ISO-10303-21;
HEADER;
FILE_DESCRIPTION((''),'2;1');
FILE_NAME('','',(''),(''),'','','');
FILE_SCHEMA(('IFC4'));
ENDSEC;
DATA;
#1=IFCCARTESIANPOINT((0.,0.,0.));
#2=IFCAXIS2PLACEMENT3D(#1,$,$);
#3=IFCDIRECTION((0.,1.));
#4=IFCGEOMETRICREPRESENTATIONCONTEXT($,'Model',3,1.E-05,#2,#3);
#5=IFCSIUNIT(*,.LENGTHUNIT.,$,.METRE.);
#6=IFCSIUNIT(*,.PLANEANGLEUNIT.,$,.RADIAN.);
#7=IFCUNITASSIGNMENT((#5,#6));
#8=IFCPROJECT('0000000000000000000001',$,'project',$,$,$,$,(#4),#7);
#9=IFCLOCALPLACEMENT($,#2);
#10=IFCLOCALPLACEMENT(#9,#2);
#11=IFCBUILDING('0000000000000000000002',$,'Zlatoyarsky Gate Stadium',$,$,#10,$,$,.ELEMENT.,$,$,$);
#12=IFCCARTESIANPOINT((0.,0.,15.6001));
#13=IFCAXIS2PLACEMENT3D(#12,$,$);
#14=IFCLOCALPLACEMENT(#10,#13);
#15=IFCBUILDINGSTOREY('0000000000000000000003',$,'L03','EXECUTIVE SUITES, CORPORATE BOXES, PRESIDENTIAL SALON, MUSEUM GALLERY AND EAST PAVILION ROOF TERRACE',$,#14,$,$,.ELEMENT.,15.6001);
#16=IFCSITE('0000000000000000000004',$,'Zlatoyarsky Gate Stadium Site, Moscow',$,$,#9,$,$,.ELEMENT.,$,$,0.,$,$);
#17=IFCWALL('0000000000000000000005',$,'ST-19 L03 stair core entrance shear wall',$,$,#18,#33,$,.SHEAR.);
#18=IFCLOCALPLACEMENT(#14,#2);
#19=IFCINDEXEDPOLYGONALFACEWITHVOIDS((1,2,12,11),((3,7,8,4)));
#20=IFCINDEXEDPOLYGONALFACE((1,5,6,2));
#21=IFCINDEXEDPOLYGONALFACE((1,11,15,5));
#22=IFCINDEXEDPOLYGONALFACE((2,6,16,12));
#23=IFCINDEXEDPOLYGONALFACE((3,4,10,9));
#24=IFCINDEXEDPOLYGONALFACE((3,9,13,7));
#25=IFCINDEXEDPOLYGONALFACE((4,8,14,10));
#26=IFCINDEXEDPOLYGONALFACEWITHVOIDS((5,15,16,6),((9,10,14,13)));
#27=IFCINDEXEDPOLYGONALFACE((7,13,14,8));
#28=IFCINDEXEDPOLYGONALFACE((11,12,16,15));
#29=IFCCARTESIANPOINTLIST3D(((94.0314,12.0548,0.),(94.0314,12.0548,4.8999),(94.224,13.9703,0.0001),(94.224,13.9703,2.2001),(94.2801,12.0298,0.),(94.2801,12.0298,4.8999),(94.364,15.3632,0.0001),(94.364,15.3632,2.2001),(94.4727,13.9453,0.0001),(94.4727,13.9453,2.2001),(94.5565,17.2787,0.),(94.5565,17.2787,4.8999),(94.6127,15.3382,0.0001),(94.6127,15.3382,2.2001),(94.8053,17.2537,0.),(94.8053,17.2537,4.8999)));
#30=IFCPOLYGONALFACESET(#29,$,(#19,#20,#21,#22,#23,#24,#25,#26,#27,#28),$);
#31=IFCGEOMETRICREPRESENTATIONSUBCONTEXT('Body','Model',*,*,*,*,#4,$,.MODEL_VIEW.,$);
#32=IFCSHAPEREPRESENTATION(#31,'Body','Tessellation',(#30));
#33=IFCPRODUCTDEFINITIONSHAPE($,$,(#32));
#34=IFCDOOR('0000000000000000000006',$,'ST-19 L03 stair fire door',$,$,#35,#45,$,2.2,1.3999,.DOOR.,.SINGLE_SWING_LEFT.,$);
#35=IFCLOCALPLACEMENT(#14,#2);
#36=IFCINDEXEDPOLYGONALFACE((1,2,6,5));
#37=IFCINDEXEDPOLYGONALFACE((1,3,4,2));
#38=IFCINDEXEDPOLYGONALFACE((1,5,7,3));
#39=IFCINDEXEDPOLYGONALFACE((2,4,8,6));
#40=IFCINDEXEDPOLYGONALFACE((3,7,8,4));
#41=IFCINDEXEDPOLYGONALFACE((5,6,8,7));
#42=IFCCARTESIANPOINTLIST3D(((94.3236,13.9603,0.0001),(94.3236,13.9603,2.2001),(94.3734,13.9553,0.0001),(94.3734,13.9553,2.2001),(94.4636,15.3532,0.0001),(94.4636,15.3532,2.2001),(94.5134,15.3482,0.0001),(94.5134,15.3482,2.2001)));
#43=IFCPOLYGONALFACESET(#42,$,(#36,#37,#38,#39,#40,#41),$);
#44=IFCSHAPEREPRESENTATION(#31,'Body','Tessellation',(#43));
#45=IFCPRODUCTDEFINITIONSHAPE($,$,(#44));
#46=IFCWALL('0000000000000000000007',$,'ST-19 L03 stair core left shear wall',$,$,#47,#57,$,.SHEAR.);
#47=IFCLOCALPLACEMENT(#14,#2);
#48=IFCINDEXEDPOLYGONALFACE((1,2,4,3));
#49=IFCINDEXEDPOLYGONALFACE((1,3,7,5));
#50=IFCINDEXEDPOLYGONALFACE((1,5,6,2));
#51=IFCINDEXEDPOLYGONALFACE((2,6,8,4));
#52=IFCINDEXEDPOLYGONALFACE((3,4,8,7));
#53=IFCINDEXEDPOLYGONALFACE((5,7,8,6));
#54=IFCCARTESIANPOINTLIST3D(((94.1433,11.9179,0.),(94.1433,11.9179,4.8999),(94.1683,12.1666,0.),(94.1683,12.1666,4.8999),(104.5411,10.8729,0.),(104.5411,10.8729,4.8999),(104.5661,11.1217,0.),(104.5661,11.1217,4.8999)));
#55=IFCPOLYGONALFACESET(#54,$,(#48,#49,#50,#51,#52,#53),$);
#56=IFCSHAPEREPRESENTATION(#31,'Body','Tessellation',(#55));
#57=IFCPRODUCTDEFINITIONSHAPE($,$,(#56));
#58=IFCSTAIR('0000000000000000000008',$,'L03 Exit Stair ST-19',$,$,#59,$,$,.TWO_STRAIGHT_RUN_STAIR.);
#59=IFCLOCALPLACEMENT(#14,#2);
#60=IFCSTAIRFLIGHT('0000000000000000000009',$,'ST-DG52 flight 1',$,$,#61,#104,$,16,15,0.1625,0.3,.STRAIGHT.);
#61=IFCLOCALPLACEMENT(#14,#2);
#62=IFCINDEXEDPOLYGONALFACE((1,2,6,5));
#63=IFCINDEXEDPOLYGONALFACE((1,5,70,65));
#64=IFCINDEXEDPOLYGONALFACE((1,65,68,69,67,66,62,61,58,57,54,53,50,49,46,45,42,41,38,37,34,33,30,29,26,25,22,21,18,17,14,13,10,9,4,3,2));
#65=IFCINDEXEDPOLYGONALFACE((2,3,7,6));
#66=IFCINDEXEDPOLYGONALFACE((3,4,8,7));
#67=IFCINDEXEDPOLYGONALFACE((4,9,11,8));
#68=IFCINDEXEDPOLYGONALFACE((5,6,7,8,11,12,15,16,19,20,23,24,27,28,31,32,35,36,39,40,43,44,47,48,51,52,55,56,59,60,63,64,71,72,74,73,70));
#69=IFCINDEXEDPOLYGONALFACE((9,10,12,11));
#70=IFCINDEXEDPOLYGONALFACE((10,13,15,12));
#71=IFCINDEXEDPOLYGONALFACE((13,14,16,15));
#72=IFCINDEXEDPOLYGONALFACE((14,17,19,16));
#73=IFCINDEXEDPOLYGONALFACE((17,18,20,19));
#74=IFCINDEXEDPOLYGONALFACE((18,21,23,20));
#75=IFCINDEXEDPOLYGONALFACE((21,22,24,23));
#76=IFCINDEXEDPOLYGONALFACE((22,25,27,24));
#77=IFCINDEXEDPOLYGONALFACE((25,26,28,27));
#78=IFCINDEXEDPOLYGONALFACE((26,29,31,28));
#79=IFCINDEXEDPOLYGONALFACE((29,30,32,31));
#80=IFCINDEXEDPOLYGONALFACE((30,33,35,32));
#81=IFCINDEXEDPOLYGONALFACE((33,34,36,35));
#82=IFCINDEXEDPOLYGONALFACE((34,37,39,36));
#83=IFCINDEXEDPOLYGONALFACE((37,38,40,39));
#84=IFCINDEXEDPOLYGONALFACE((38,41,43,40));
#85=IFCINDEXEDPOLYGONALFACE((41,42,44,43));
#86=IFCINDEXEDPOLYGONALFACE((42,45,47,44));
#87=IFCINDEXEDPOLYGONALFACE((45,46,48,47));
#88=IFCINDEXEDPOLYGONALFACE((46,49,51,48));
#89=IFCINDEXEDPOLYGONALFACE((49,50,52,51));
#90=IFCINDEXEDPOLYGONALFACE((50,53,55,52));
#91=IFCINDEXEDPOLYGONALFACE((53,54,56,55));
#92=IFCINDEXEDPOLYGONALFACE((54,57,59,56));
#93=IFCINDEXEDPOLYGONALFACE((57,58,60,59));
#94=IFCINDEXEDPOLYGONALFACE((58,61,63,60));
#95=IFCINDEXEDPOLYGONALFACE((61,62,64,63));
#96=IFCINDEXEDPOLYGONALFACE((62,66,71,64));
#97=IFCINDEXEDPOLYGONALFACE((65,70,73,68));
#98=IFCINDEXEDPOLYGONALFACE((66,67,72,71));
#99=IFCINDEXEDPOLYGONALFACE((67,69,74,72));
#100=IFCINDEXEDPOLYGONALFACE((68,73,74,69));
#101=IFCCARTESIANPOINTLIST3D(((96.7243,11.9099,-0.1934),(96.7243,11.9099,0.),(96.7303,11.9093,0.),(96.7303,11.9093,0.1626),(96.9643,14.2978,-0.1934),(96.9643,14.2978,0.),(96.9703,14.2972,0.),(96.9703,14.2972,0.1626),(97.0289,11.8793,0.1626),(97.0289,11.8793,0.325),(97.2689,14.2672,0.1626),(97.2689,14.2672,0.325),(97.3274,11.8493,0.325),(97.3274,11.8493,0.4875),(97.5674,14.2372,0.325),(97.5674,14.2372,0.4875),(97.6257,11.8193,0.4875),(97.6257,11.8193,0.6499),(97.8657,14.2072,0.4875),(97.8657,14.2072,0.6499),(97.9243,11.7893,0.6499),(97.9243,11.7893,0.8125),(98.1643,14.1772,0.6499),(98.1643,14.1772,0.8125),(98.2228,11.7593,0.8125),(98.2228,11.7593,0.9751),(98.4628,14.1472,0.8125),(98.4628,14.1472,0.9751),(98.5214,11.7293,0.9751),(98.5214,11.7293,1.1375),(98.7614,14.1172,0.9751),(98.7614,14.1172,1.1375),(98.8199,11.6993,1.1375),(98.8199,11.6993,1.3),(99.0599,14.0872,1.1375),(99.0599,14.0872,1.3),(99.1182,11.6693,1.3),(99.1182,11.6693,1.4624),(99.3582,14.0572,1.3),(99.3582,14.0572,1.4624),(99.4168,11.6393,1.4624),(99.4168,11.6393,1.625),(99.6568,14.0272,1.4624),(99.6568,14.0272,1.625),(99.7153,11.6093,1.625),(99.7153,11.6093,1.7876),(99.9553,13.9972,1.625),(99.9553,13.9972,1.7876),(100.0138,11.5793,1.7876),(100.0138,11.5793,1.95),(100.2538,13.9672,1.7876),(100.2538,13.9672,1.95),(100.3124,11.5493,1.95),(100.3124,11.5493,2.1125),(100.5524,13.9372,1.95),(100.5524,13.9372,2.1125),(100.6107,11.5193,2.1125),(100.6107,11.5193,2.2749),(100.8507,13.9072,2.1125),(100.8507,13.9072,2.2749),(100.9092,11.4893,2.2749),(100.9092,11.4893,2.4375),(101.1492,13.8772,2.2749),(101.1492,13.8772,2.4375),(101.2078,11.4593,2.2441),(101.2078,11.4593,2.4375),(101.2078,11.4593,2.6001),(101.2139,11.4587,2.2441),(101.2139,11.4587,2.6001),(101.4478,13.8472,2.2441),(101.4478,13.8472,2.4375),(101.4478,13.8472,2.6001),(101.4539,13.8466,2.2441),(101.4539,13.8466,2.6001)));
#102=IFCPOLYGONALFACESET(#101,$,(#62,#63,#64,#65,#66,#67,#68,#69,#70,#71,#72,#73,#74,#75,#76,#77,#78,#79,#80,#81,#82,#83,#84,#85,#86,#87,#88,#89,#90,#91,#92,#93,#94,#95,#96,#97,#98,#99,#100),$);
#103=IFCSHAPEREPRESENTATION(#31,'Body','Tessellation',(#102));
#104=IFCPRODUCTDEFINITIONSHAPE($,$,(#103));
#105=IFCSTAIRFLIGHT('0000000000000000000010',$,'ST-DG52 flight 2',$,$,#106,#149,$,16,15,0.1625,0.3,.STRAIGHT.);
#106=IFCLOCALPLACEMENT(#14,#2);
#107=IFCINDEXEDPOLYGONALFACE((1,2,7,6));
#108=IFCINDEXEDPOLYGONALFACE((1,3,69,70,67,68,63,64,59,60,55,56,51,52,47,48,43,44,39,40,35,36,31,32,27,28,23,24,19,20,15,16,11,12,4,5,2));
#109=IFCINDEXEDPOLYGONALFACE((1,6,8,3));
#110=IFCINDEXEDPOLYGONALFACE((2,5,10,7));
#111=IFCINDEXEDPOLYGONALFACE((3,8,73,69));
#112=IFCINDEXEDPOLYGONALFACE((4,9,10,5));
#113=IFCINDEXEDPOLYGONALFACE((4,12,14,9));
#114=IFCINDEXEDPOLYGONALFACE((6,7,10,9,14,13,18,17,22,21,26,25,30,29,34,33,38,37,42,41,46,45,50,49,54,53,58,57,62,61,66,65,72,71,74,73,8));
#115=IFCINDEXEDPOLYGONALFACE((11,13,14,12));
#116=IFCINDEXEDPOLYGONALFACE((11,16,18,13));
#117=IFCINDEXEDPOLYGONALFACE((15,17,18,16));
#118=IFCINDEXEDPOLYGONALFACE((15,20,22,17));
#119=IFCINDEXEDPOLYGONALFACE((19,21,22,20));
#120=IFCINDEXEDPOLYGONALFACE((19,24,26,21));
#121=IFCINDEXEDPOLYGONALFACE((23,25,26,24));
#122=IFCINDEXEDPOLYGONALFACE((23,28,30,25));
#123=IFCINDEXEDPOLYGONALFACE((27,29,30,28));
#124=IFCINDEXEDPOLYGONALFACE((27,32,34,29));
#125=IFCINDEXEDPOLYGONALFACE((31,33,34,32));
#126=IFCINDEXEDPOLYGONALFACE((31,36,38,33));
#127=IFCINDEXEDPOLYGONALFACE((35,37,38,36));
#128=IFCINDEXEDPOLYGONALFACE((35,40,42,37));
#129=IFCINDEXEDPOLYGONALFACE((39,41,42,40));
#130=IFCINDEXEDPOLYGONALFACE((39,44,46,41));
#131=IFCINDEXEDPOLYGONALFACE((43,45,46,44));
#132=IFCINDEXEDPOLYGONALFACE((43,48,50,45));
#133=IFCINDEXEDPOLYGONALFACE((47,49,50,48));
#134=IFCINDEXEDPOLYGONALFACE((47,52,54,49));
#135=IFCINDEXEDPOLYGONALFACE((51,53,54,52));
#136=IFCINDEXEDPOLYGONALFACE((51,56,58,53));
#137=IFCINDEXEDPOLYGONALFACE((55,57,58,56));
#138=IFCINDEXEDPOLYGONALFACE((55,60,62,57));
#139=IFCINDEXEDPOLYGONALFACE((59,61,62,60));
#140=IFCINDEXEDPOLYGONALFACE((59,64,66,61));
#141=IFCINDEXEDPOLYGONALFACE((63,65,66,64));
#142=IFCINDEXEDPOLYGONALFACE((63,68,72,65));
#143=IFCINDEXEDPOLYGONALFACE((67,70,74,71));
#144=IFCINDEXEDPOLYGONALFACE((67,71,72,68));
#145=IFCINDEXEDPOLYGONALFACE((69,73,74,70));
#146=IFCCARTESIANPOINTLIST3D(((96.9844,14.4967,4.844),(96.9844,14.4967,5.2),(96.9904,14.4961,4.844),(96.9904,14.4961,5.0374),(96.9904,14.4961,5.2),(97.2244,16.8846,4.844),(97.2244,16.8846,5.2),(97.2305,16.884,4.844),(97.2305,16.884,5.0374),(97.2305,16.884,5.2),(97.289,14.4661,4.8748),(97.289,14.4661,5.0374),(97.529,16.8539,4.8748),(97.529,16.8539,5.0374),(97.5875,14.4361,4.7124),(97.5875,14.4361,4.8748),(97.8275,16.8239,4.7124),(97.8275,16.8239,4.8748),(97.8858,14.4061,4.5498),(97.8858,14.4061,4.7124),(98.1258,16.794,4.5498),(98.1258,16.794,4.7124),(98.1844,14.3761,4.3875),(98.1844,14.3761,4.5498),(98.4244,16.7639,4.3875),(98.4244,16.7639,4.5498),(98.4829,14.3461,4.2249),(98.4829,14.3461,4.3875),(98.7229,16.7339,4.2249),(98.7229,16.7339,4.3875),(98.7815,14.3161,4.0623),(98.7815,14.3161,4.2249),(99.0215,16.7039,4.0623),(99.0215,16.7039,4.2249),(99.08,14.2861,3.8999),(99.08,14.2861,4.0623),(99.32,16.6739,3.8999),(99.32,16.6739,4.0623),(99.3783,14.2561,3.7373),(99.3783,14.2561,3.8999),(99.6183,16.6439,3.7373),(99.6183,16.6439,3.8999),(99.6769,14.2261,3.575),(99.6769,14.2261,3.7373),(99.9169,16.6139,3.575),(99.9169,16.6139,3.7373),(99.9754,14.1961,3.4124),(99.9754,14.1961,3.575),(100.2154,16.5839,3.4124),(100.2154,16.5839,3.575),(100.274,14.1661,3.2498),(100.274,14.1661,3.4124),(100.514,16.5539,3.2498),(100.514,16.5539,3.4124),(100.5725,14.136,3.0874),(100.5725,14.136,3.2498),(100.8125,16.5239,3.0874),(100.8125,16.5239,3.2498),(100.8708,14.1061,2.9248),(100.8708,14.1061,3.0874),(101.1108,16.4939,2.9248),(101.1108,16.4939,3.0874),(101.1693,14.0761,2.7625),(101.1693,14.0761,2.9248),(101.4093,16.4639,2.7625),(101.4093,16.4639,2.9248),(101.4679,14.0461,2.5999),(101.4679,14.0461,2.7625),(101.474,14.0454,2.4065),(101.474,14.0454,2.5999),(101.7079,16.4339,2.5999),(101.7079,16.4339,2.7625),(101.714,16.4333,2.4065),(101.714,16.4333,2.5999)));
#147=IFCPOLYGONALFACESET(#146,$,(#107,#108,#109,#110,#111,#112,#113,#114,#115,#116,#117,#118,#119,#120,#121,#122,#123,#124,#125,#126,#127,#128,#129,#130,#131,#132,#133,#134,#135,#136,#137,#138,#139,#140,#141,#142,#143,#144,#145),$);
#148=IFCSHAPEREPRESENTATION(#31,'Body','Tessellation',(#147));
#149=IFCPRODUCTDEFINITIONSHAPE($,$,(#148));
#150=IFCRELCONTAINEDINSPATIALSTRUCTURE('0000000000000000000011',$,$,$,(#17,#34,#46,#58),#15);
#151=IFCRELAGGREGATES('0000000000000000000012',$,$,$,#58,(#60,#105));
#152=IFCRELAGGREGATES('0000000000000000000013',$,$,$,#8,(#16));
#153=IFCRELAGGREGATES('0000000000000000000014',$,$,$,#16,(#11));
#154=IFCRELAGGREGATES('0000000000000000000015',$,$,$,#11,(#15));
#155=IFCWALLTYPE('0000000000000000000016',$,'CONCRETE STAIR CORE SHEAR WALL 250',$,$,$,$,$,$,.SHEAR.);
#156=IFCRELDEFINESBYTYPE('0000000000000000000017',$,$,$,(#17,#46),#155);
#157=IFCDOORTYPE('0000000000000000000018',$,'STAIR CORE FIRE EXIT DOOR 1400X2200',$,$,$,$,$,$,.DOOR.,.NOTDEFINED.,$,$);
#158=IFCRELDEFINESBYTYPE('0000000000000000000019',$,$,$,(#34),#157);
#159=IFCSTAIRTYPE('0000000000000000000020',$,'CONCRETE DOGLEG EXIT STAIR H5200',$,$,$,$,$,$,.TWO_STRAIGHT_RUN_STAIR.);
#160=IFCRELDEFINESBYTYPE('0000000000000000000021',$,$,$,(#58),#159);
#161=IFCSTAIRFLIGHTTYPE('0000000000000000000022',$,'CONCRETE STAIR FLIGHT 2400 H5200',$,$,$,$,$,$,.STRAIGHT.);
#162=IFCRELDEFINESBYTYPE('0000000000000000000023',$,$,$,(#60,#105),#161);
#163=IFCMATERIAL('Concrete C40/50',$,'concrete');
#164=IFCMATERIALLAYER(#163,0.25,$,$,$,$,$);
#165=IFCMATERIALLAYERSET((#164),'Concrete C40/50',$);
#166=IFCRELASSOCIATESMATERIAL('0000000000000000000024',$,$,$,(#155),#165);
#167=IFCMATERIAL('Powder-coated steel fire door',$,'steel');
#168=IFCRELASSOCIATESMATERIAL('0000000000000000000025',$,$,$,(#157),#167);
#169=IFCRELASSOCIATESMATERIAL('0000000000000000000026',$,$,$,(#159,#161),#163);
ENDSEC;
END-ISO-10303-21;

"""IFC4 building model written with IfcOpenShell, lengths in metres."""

from ifc_helpers import new_model, si_unit, direction, frame, frame_2d, origin, place, context, subcontext, project, spatial, polyline, rectangle, outline, extrude, material, layer, layer_set, type_object, element, fill, aggregate, save


model = new_model("IFC4")

# Units and contexts
model_context = context("Model", 3, precision=1e-05, world=origin(), true_north=direction((0.0, 1.0)))
body_context = subcontext(model_context, "Body", "Model", "MODEL_VIEW")
ifc_project = project(units=[si_unit("LENGTHUNIT", "METRE"), si_unit("PLANEANGLEUNIT", "RADIAN")], contexts=[model_context])

# Site, building, storey
site_placement = place(None, origin())
site = spatial("IfcSite", under=ifc_project, at=site_placement, Name="Zlatoyarsky Gate Stadium Site, Moscow", CompositionType="ELEMENT", RefElevation=0.0)
building_placement = place(site_placement, origin())
building = spatial("IfcBuilding", under=site, at=building_placement, Name="Zlatoyarsky Gate Stadium", CompositionType="ELEMENT")
storey_placement = place(building_placement, frame((0.0, 0.0, 15.6001)))
storey = spatial("IfcBuildingStorey", under=building, at=storey_placement, Name="L03", Description="EXECUTIVE SUITES, CORPORATE BOXES, PRESIDENTIAL SALON, MUSEUM GALLERY AND EAST PAVILION ROOF TERRACE", CompositionType="ELEMENT", Elevation=15.6001)

# Wall, opening, door
ifc_material_1 = material(Name="Concrete C40/50", Category="concrete")
ifc_layer_1 = layer(ifc_material_1, 0.25)
ifc_layer_set_1 = layer_set([ifc_layer_1], Name="Concrete C40/50")
wall_type = type_object("IfcWallType", Name="CONCRETE STAIR CORE SHEAR WALL 250", PredefinedType="SHEAR", material=ifc_layer_set_1)
wall_1_placement = place(storey_placement, frame((94.6809, 17.2661, 0.0), z_axis=(0.0, 0.0, 1.0), x_axis=(-0.100024, -0.994985, 0.0)))
wall_1 = element("IfcWall", 1, at=wall_1_placement, inside=storey, type_object=wall_type, Name="ST-19 L03 stair core entrance shear wall", PredefinedType="SHEAR", context=body_context, shape_type="SweptSolid", body=[
    extrude(rectangle(XDim=5.2502, YDim=0.25, at=frame_2d((2.625, 0.0))), origin(), (0.0, 0.0, 1.0), 4.8999),
])
opening_placement = place(wall_1_placement, frame((1.925, 0.0, 0.0)))
opening = element("IfcOpeningElement", 2, at=opening_placement, cuts=wall_1, PredefinedType="OPENING", context=body_context, shape_type="SweptSolid", body=[
    extrude(rectangle(XDim=1.3999, YDim=2.2, at=frame_2d((0.7, 1.1001))), frame((0.0, 0.135, 0.0), z_axis=(0.0, -1.0, 0.0), x_axis=(1.0, 0.0, 0.0)), (0.0, 0.0, 1.0), 0.27),
])
ifc_material_2 = material(Name="Powder-coated steel fire door", Category="steel")
door_type = type_object("IfcDoorType", Name="STAIR CORE FIRE EXIT DOOR 1400X2200", OperationType="NOTDEFINED", PredefinedType="DOOR", material=ifc_material_2)
door_placement = place(opening_placement, frame((1.3999, 0.0, 0.0), z_axis=(0.0, 0.0, 1.0), x_axis=(-1.0, 0.0, 0.0)))
door = element("IfcDoor", 3, at=door_placement, inside=storey, type_object=door_type, Name="ST-19 L03 stair fire door", OperationType="SINGLE_SWING_LEFT", OverallHeight=2.2, OverallWidth=1.3999, PredefinedType="DOOR", context=body_context, shape_type="SweptSolid", body=[
    extrude(rectangle(XDim=1.3999, YDim=2.2, at=frame_2d((0.7, 1.1001))), frame((0.0, 0.0249, 0.0), z_axis=(0.0, -1.0, 0.0), x_axis=(1.0, 0.0, 0.0)), (0.0, 0.0, 1.0), 0.05),
])
fill(opening, door)

# Wall
wall_2_placement = place(storey_placement, frame((94.1558, 12.0422, 0.0), z_axis=(0.0, 0.0, 1.0), x_axis=(0.994988, -0.099992, 0.0)))
element("IfcWall", 4, at=wall_2_placement, inside=storey, type_object=wall_type, Name="ST-19 L03 stair core left shear wall", PredefinedType="SHEAR", context=body_context, shape_type="SweptSolid", body=[
    extrude(rectangle(XDim=10.4502, YDim=0.25, at=frame_2d((5.2251, 0.0))), origin(), (0.0, 0.0, 1.0), 4.8999),
])

# Stair, stair flights
stair_type = type_object("IfcStairType", Name="CONCRETE DOGLEG EXIT STAIR H5200", PredefinedType="TWO_STRAIGHT_RUN_STAIR", material=ifc_material_1)
stair_placement = place(storey_placement, origin())
stair = element("IfcStair", 5, at=stair_placement, inside=storey, type_object=stair_type, Name="L03 Exit Stair ST-19", PredefinedType="TWO_STRAIGHT_RUN_STAIR")
stair_flight_type = type_object("IfcStairFlightType", Name="CONCRETE STAIR FLIGHT 2400 H5200", PredefinedType="STRAIGHT", material=ifc_material_1)
stair_flight_1_placement = place(storey_placement, frame((96.8503, 13.1033, 0.0), z_axis=(0.0, 0.0, 1.0), x_axis=(0.994987, -0.100006, 0.0)))
stair_flight_1 = element("IfcStairFlight", 6, at=stair_flight_1_placement, type_object=stair_flight_type, Name="ST-DG52 flight 1", NumberOfRisers=16, NumberOfTreads=15, PredefinedType="STRAIGHT", RiserHeight=0.1625, TreadLength=0.3, context=body_context, shape_type="SweptSolid", body=[
    extrude(outline(polyline([(-0.0061, -0.1934), (-0.0061, 0.0), (0.0, 0.0), (0.0, 0.1626), (0.3, 0.1626), (0.3, 0.325), (0.6001, 0.325), (0.6001, 0.4875), (0.8999, 0.4875), (0.8999, 0.6499), (1.2, 0.6499), (1.2, 0.8125), (1.5, 0.8125), (1.5, 0.9751), (1.8, 0.9751), (1.8, 1.1375), (2.1001, 1.1375), (2.1001, 1.3), (2.3999, 1.3), (2.3999, 1.4624), (2.7, 1.4624), (2.7, 1.625), (3.0, 1.625), (3.0, 1.7876), (3.3, 1.7876), (3.3, 1.95), (3.6001, 1.95), (3.6001, 2.1125), (3.8999, 2.1125), (3.8999, 2.2749), (4.2, 2.2749), (4.2, 2.4375), (4.5, 2.4375), (4.5, 2.6001), (4.5061, 2.6001), (4.5061, 2.2441), (4.5, 2.2441), (-0.0061, -0.1934)])), frame((0.0, 1.2, 0.0), z_axis=(0.0, -1.0, 0.0), x_axis=(1.0, 0.0, 0.0)), (0.0, 0.0, 1.0), 2.3999),
])
stair_flight_2_placement = place(storey_placement, frame((101.5879, 15.24, 2.5999), z_axis=(0.0, 0.0, 1.0), x_axis=(-0.994987, 0.100006, 0.0)))
stair_flight_2 = element("IfcStairFlight", 7, at=stair_flight_2_placement, type_object=stair_flight_type, Name="ST-DG52 flight 2", NumberOfRisers=16, NumberOfTreads=15, PredefinedType="STRAIGHT", RiserHeight=0.1625, TreadLength=0.3, context=body_context, shape_type="SweptSolid", body=[
    extrude(outline(polyline([(-0.0061, -0.1934), (-0.0061, 0.0), (0.0, 0.0), (0.0, 0.1626), (0.3, 0.1626), (0.3, 0.325), (0.6001, 0.325), (0.6001, 0.4875), (0.8999, 0.4875), (0.8999, 0.6499), (1.2, 0.6499), (1.2, 0.8125), (1.5, 0.8125), (1.5, 0.9751), (1.8, 0.9751), (1.8, 1.1375), (2.1001, 1.1375), (2.1001, 1.3), (2.3999, 1.3), (2.3999, 1.4624), (2.7, 1.4624), (2.7, 1.625), (3.0, 1.625), (3.0, 1.7876), (3.3, 1.7876), (3.3, 1.95), (3.6001, 1.95), (3.6001, 2.1125), (3.8999, 2.1125), (3.8999, 2.2749), (4.2, 2.2749), (4.2, 2.4375), (4.5, 2.4375), (4.5, 2.6001), (4.5061, 2.6001), (4.5061, 2.2441), (4.5, 2.2441), (-0.0061, -0.1934)])), frame((0.0, 1.2, 0.0), z_axis=(0.0, -1.0, 0.0), x_axis=(1.0, 0.0, 0.0)), (0.0, 0.0, 1.0), 2.3999),
])
aggregate(stair, [stair_flight_1, stair_flight_2])

save(model, "model.ifc")
